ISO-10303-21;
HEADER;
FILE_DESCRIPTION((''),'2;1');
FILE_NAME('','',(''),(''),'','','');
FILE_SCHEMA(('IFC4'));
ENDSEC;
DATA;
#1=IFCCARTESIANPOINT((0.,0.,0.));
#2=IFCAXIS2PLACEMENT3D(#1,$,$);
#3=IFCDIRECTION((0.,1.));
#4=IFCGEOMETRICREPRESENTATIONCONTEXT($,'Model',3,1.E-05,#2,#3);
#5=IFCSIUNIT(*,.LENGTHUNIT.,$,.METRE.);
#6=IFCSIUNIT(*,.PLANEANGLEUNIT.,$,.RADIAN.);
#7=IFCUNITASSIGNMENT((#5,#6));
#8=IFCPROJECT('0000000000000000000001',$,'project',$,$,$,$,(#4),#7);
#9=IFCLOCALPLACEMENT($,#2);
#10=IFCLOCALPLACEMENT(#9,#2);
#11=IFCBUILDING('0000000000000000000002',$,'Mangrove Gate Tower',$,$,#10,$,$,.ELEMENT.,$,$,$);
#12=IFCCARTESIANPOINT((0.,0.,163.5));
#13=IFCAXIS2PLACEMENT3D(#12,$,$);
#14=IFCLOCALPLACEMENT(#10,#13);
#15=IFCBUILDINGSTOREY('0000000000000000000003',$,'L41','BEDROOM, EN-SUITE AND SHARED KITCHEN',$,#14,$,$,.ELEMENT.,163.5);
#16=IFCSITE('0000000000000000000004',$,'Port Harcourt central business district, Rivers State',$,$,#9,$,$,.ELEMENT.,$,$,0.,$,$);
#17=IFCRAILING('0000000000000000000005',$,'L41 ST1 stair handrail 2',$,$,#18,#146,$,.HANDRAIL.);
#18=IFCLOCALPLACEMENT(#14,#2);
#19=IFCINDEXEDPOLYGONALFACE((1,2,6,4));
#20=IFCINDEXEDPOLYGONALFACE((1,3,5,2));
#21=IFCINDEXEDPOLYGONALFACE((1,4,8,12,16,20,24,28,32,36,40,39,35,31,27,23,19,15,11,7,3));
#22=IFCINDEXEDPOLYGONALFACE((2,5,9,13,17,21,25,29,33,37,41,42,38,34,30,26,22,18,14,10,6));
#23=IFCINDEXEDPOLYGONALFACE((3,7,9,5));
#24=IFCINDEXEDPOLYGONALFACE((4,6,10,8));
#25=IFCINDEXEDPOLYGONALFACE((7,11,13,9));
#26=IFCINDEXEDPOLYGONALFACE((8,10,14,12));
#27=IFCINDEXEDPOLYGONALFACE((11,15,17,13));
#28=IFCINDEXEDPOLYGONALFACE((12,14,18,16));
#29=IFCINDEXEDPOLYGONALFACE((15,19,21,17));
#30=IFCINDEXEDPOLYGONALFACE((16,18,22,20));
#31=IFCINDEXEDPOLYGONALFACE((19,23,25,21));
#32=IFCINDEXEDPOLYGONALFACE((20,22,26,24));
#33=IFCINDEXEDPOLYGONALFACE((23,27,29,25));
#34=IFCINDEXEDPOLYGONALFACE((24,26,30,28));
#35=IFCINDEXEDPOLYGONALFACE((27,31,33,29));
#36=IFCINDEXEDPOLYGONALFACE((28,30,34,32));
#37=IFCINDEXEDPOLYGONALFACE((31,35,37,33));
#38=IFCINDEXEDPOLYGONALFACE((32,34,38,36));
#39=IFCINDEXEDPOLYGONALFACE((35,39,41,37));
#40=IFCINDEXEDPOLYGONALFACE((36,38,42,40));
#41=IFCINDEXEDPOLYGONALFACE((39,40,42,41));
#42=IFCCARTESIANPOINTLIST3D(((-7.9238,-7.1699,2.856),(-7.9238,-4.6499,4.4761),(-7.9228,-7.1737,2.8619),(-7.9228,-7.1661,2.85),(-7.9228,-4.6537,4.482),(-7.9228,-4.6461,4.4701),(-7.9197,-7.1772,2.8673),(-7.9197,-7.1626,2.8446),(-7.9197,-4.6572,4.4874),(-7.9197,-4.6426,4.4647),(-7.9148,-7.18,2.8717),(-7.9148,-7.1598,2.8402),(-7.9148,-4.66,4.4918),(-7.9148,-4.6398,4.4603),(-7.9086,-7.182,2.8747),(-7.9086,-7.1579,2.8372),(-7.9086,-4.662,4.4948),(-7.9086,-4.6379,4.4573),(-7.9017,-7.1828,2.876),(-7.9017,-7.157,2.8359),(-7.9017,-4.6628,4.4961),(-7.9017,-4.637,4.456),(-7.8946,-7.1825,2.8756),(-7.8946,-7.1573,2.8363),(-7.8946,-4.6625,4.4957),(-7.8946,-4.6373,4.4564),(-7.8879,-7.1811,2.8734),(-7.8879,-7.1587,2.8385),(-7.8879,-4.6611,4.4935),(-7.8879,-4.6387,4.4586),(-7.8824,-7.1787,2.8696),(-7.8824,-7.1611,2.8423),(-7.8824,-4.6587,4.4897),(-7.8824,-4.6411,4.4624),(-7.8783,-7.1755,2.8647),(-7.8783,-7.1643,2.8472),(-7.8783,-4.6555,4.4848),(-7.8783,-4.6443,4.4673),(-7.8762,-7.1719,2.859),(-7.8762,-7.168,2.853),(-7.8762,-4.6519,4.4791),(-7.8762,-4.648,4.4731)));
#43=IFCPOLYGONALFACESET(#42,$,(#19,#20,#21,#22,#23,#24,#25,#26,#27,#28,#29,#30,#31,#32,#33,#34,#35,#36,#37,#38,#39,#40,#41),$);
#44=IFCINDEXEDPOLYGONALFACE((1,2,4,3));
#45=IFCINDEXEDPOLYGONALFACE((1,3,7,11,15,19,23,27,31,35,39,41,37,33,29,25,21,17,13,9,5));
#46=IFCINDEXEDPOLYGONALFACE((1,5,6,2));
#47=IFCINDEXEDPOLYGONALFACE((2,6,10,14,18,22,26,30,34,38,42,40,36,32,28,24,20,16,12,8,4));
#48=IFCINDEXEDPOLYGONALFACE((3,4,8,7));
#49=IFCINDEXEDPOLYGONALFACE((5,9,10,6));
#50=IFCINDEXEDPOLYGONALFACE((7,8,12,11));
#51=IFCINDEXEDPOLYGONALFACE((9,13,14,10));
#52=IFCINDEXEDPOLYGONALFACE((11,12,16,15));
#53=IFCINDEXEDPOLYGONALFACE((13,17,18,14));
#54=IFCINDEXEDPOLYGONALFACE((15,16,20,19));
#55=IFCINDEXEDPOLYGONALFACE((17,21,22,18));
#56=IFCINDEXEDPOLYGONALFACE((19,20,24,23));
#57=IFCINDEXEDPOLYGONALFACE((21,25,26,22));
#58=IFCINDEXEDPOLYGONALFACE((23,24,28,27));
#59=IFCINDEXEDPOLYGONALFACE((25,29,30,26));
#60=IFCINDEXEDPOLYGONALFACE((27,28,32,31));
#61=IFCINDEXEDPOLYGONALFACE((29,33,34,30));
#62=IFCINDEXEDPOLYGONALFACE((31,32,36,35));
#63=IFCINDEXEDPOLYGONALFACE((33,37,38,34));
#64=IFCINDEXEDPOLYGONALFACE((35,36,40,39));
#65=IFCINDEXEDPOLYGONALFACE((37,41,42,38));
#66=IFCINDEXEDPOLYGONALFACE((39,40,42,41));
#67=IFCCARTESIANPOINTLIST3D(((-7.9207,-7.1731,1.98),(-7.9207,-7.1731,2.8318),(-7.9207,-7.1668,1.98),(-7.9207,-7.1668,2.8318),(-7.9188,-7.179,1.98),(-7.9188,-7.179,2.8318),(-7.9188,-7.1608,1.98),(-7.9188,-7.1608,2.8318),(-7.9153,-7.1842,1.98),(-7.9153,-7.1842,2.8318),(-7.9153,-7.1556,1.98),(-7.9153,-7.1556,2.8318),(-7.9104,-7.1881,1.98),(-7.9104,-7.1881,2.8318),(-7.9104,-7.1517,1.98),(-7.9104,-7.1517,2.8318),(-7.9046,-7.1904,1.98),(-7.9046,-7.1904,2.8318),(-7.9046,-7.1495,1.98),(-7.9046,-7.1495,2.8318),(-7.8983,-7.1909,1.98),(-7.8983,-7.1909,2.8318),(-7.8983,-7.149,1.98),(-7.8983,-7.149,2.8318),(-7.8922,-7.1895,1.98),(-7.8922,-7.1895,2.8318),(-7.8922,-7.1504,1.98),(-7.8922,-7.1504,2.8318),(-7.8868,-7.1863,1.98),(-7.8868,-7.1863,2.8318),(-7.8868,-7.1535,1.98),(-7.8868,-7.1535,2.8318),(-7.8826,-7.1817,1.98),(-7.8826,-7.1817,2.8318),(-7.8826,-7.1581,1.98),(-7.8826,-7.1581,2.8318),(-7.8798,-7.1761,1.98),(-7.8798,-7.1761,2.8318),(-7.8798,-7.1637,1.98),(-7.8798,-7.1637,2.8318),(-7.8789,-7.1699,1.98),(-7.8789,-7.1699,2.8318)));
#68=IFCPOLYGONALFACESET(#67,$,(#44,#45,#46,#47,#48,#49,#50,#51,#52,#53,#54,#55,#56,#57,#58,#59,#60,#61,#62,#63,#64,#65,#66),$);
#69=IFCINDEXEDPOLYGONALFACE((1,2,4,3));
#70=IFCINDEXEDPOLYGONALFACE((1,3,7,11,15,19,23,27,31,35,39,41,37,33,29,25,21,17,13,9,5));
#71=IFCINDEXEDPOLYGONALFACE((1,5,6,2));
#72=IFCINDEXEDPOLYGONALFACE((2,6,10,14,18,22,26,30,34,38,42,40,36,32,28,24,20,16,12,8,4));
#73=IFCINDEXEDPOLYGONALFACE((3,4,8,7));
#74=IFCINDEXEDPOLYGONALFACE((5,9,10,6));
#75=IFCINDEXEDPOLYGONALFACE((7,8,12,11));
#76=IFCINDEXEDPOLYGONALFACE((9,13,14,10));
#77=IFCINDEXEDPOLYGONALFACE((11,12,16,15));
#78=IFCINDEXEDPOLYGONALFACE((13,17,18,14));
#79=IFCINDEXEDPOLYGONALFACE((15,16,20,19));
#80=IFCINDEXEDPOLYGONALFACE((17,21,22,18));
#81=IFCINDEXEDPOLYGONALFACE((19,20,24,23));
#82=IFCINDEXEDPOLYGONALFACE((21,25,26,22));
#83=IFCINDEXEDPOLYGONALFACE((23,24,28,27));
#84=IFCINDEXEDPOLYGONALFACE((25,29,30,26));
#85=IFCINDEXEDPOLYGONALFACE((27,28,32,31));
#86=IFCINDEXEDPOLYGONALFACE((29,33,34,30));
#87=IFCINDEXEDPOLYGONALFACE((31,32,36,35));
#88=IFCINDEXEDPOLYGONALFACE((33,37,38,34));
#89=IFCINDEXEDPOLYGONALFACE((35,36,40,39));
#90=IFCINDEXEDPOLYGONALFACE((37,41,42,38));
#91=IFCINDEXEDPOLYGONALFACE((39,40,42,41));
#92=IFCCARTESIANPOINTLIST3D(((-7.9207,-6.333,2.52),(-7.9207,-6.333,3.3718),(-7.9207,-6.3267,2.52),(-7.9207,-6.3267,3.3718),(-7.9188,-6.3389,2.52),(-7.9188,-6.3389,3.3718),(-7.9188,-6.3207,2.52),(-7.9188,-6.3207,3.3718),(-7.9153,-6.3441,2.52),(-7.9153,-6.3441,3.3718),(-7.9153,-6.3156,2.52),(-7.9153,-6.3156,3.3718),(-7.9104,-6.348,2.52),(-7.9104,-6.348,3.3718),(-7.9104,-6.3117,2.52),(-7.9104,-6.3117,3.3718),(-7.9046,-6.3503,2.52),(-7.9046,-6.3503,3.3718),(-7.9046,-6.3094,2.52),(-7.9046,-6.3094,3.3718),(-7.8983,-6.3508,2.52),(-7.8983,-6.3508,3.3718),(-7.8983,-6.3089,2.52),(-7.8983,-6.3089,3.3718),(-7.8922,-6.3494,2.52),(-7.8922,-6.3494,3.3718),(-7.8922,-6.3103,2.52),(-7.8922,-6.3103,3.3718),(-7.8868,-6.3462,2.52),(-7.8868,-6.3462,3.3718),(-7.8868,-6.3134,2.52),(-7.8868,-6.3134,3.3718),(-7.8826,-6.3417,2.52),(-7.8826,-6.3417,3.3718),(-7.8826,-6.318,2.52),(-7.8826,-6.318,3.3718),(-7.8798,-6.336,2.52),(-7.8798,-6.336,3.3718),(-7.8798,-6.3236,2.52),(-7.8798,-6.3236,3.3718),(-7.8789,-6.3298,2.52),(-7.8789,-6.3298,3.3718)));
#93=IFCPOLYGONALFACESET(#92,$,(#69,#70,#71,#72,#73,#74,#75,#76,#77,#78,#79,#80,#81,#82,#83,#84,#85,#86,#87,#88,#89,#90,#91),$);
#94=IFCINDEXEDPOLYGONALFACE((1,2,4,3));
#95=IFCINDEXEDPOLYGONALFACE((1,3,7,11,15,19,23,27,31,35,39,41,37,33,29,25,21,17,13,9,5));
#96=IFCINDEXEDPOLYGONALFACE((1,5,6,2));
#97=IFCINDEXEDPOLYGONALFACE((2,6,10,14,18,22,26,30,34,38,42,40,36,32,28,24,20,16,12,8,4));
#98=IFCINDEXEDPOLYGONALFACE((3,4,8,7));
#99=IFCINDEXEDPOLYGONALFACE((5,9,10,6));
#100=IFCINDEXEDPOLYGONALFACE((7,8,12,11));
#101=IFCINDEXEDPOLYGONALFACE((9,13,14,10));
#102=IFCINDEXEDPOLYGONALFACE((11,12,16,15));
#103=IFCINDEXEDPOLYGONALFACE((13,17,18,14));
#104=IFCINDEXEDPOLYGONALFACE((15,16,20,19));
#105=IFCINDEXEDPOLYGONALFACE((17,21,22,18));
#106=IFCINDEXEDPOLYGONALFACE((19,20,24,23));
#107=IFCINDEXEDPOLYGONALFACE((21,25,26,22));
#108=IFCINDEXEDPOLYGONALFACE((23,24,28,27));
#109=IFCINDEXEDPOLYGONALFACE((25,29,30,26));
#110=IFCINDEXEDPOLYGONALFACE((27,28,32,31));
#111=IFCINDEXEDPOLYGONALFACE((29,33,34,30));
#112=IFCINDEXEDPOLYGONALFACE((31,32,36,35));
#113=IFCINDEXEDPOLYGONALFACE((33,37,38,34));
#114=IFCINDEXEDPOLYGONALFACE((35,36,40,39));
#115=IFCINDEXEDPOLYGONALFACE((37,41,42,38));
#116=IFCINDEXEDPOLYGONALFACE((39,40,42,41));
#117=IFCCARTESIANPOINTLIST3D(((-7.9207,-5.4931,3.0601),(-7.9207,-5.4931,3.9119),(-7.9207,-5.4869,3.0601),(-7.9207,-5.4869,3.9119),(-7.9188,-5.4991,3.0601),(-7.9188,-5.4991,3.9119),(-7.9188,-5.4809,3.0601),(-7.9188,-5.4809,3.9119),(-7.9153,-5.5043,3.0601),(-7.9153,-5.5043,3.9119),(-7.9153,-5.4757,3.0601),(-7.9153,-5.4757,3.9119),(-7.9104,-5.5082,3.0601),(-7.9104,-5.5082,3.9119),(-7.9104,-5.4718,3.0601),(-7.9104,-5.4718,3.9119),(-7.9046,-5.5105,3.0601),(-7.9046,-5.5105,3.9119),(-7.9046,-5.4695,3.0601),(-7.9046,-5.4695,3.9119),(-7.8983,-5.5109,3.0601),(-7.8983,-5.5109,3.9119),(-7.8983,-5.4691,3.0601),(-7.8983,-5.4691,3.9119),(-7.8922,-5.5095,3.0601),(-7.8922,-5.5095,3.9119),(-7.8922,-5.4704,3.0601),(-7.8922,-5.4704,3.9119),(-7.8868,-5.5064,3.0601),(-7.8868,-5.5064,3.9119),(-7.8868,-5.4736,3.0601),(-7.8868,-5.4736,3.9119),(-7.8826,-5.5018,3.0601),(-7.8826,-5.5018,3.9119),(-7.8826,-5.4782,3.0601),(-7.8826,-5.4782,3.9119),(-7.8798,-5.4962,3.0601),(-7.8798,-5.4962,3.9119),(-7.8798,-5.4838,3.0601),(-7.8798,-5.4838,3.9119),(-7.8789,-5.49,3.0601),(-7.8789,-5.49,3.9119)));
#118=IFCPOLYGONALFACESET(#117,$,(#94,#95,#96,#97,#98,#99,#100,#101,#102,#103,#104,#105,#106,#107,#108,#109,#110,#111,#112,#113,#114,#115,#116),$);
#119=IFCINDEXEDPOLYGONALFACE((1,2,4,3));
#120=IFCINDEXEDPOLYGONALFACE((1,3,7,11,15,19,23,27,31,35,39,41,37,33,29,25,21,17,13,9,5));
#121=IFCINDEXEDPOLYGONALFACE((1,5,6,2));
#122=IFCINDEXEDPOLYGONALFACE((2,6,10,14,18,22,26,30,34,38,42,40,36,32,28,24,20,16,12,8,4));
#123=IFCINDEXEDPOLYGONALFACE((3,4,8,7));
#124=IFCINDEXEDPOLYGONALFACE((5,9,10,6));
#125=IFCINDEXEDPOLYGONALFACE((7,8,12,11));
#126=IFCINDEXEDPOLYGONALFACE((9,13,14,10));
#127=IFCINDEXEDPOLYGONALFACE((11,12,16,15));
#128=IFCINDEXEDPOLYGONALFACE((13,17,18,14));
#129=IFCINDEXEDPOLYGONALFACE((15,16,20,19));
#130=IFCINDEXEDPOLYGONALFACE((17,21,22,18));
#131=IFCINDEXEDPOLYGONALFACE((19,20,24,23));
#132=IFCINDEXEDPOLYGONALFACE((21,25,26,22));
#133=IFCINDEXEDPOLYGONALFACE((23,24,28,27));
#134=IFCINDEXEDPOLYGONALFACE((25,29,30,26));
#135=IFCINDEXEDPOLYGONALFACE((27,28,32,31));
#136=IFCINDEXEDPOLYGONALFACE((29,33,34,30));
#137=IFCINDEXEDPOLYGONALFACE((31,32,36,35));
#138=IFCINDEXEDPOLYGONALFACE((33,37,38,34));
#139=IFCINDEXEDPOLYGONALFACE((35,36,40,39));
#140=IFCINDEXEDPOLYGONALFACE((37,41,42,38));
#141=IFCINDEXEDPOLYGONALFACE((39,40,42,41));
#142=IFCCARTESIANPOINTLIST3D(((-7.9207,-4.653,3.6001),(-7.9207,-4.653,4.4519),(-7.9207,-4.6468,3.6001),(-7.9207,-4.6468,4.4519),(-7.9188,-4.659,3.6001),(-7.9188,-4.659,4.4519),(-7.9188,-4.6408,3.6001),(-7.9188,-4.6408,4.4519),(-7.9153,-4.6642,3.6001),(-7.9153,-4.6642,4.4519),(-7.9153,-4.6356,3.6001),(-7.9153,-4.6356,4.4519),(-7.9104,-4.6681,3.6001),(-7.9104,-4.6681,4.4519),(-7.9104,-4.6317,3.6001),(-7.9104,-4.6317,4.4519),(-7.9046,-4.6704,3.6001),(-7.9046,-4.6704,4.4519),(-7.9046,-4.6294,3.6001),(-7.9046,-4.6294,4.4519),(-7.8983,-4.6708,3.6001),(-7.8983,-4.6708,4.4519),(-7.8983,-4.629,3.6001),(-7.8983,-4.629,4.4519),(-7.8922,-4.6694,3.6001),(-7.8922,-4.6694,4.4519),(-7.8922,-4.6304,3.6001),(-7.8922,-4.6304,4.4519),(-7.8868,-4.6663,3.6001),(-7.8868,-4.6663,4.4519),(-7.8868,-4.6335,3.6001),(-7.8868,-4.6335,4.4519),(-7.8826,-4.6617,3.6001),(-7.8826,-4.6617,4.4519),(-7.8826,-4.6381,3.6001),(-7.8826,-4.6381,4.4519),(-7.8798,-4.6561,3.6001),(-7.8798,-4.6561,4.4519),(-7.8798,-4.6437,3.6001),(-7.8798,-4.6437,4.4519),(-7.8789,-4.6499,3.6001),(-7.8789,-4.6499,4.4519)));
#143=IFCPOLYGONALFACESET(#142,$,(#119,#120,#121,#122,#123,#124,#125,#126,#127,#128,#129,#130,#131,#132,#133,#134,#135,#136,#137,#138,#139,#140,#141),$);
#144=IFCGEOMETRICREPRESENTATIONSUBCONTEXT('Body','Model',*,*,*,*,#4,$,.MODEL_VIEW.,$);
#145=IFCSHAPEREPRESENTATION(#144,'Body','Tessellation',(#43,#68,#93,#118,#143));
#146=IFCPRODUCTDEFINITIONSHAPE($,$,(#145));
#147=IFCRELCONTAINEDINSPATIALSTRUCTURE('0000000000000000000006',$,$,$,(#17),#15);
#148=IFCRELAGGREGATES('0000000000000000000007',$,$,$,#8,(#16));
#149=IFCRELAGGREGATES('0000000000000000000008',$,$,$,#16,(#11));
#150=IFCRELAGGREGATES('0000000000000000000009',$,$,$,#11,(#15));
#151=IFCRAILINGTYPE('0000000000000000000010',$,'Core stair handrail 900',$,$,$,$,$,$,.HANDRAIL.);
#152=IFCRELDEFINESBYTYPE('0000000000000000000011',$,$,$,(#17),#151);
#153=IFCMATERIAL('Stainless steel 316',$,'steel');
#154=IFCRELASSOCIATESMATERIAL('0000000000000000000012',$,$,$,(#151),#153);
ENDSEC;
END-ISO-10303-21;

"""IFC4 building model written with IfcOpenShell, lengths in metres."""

from ifc_helpers import new_model, si_unit, direction, frame, origin, origin_2d, place, context, subcontext, project, spatial, circle, extrude, material, type_object, element, save


model = new_model("IFC4")

# Units and contexts
model_context = context("Model", 3, precision=1e-05, world=origin(), true_north=direction((0.0, 1.0)))
body_context = subcontext(model_context, "Body", "Model", "MODEL_VIEW")
ifc_project = project(units=[si_unit("LENGTHUNIT", "METRE"), si_unit("PLANEANGLEUNIT", "RADIAN")], contexts=[model_context])

# Site, building, storey
site_placement = place(None, origin())
site = spatial("IfcSite", under=ifc_project, at=site_placement, Name="Port Harcourt central business district, Rivers State", CompositionType="ELEMENT", RefElevation=0.0)
building_placement = place(site_placement, origin())
building = spatial("IfcBuilding", under=site, at=building_placement, Name="Mangrove Gate Tower", CompositionType="ELEMENT")
storey_placement = place(building_placement, frame((0.0, 0.0, 163.5)))
storey = spatial("IfcBuildingStorey", under=building, at=storey_placement, Name="L41", Description="BEDROOM, EN-SUITE AND SHARED KITCHEN", CompositionType="ELEMENT", Elevation=163.5)

# Railing
ifc_material_1 = material(Name="Stainless steel 316", Category="steel")
railing_type_1 = type_object("IfcRailingType", Name="Core stair handrail 900", PredefinedType="HANDRAIL", material=ifc_material_1)
railing_1_placement = place(storey_placement, frame((-7.8999, -7.1699, 1.98)))
element("IfcRailing", 1, at=railing_1_placement, inside=storey, type_object=railing_type_1, Name="L41 ST1 stair handrail 2", PredefinedType="HANDRAIL", context=body_context, shape_type="SweptSolid", body=[
    extrude(circle(Radius=0.0239, at=origin_2d()), frame((0.0, 0.0, 0.876), z_axis=(0.0, 0.841163, 0.540782), x_axis=(-1.0, 0.0, 0.0)), (0.0, 0.0, 1.0), 2.9958),
    extrude(circle(Radius=0.021, at=origin_2d()), origin(), (0.0, 0.0, 1.0), 0.8518),
    extrude(circle(Radius=0.021, at=origin_2d()), frame((0.0, 0.8401, 0.54)), (0.0, 0.0, 1.0), 0.8518),
    extrude(circle(Radius=0.021, at=origin_2d()), frame((0.0, 1.6799, 1.0801)), (0.0, 0.0, 1.0), 0.8518),
    extrude(circle(Radius=0.021, at=origin_2d()), frame((0.0, 2.52, 1.6201)), (0.0, 0.0, 1.0), 0.8518),
])

save(model, "model.ifc")
